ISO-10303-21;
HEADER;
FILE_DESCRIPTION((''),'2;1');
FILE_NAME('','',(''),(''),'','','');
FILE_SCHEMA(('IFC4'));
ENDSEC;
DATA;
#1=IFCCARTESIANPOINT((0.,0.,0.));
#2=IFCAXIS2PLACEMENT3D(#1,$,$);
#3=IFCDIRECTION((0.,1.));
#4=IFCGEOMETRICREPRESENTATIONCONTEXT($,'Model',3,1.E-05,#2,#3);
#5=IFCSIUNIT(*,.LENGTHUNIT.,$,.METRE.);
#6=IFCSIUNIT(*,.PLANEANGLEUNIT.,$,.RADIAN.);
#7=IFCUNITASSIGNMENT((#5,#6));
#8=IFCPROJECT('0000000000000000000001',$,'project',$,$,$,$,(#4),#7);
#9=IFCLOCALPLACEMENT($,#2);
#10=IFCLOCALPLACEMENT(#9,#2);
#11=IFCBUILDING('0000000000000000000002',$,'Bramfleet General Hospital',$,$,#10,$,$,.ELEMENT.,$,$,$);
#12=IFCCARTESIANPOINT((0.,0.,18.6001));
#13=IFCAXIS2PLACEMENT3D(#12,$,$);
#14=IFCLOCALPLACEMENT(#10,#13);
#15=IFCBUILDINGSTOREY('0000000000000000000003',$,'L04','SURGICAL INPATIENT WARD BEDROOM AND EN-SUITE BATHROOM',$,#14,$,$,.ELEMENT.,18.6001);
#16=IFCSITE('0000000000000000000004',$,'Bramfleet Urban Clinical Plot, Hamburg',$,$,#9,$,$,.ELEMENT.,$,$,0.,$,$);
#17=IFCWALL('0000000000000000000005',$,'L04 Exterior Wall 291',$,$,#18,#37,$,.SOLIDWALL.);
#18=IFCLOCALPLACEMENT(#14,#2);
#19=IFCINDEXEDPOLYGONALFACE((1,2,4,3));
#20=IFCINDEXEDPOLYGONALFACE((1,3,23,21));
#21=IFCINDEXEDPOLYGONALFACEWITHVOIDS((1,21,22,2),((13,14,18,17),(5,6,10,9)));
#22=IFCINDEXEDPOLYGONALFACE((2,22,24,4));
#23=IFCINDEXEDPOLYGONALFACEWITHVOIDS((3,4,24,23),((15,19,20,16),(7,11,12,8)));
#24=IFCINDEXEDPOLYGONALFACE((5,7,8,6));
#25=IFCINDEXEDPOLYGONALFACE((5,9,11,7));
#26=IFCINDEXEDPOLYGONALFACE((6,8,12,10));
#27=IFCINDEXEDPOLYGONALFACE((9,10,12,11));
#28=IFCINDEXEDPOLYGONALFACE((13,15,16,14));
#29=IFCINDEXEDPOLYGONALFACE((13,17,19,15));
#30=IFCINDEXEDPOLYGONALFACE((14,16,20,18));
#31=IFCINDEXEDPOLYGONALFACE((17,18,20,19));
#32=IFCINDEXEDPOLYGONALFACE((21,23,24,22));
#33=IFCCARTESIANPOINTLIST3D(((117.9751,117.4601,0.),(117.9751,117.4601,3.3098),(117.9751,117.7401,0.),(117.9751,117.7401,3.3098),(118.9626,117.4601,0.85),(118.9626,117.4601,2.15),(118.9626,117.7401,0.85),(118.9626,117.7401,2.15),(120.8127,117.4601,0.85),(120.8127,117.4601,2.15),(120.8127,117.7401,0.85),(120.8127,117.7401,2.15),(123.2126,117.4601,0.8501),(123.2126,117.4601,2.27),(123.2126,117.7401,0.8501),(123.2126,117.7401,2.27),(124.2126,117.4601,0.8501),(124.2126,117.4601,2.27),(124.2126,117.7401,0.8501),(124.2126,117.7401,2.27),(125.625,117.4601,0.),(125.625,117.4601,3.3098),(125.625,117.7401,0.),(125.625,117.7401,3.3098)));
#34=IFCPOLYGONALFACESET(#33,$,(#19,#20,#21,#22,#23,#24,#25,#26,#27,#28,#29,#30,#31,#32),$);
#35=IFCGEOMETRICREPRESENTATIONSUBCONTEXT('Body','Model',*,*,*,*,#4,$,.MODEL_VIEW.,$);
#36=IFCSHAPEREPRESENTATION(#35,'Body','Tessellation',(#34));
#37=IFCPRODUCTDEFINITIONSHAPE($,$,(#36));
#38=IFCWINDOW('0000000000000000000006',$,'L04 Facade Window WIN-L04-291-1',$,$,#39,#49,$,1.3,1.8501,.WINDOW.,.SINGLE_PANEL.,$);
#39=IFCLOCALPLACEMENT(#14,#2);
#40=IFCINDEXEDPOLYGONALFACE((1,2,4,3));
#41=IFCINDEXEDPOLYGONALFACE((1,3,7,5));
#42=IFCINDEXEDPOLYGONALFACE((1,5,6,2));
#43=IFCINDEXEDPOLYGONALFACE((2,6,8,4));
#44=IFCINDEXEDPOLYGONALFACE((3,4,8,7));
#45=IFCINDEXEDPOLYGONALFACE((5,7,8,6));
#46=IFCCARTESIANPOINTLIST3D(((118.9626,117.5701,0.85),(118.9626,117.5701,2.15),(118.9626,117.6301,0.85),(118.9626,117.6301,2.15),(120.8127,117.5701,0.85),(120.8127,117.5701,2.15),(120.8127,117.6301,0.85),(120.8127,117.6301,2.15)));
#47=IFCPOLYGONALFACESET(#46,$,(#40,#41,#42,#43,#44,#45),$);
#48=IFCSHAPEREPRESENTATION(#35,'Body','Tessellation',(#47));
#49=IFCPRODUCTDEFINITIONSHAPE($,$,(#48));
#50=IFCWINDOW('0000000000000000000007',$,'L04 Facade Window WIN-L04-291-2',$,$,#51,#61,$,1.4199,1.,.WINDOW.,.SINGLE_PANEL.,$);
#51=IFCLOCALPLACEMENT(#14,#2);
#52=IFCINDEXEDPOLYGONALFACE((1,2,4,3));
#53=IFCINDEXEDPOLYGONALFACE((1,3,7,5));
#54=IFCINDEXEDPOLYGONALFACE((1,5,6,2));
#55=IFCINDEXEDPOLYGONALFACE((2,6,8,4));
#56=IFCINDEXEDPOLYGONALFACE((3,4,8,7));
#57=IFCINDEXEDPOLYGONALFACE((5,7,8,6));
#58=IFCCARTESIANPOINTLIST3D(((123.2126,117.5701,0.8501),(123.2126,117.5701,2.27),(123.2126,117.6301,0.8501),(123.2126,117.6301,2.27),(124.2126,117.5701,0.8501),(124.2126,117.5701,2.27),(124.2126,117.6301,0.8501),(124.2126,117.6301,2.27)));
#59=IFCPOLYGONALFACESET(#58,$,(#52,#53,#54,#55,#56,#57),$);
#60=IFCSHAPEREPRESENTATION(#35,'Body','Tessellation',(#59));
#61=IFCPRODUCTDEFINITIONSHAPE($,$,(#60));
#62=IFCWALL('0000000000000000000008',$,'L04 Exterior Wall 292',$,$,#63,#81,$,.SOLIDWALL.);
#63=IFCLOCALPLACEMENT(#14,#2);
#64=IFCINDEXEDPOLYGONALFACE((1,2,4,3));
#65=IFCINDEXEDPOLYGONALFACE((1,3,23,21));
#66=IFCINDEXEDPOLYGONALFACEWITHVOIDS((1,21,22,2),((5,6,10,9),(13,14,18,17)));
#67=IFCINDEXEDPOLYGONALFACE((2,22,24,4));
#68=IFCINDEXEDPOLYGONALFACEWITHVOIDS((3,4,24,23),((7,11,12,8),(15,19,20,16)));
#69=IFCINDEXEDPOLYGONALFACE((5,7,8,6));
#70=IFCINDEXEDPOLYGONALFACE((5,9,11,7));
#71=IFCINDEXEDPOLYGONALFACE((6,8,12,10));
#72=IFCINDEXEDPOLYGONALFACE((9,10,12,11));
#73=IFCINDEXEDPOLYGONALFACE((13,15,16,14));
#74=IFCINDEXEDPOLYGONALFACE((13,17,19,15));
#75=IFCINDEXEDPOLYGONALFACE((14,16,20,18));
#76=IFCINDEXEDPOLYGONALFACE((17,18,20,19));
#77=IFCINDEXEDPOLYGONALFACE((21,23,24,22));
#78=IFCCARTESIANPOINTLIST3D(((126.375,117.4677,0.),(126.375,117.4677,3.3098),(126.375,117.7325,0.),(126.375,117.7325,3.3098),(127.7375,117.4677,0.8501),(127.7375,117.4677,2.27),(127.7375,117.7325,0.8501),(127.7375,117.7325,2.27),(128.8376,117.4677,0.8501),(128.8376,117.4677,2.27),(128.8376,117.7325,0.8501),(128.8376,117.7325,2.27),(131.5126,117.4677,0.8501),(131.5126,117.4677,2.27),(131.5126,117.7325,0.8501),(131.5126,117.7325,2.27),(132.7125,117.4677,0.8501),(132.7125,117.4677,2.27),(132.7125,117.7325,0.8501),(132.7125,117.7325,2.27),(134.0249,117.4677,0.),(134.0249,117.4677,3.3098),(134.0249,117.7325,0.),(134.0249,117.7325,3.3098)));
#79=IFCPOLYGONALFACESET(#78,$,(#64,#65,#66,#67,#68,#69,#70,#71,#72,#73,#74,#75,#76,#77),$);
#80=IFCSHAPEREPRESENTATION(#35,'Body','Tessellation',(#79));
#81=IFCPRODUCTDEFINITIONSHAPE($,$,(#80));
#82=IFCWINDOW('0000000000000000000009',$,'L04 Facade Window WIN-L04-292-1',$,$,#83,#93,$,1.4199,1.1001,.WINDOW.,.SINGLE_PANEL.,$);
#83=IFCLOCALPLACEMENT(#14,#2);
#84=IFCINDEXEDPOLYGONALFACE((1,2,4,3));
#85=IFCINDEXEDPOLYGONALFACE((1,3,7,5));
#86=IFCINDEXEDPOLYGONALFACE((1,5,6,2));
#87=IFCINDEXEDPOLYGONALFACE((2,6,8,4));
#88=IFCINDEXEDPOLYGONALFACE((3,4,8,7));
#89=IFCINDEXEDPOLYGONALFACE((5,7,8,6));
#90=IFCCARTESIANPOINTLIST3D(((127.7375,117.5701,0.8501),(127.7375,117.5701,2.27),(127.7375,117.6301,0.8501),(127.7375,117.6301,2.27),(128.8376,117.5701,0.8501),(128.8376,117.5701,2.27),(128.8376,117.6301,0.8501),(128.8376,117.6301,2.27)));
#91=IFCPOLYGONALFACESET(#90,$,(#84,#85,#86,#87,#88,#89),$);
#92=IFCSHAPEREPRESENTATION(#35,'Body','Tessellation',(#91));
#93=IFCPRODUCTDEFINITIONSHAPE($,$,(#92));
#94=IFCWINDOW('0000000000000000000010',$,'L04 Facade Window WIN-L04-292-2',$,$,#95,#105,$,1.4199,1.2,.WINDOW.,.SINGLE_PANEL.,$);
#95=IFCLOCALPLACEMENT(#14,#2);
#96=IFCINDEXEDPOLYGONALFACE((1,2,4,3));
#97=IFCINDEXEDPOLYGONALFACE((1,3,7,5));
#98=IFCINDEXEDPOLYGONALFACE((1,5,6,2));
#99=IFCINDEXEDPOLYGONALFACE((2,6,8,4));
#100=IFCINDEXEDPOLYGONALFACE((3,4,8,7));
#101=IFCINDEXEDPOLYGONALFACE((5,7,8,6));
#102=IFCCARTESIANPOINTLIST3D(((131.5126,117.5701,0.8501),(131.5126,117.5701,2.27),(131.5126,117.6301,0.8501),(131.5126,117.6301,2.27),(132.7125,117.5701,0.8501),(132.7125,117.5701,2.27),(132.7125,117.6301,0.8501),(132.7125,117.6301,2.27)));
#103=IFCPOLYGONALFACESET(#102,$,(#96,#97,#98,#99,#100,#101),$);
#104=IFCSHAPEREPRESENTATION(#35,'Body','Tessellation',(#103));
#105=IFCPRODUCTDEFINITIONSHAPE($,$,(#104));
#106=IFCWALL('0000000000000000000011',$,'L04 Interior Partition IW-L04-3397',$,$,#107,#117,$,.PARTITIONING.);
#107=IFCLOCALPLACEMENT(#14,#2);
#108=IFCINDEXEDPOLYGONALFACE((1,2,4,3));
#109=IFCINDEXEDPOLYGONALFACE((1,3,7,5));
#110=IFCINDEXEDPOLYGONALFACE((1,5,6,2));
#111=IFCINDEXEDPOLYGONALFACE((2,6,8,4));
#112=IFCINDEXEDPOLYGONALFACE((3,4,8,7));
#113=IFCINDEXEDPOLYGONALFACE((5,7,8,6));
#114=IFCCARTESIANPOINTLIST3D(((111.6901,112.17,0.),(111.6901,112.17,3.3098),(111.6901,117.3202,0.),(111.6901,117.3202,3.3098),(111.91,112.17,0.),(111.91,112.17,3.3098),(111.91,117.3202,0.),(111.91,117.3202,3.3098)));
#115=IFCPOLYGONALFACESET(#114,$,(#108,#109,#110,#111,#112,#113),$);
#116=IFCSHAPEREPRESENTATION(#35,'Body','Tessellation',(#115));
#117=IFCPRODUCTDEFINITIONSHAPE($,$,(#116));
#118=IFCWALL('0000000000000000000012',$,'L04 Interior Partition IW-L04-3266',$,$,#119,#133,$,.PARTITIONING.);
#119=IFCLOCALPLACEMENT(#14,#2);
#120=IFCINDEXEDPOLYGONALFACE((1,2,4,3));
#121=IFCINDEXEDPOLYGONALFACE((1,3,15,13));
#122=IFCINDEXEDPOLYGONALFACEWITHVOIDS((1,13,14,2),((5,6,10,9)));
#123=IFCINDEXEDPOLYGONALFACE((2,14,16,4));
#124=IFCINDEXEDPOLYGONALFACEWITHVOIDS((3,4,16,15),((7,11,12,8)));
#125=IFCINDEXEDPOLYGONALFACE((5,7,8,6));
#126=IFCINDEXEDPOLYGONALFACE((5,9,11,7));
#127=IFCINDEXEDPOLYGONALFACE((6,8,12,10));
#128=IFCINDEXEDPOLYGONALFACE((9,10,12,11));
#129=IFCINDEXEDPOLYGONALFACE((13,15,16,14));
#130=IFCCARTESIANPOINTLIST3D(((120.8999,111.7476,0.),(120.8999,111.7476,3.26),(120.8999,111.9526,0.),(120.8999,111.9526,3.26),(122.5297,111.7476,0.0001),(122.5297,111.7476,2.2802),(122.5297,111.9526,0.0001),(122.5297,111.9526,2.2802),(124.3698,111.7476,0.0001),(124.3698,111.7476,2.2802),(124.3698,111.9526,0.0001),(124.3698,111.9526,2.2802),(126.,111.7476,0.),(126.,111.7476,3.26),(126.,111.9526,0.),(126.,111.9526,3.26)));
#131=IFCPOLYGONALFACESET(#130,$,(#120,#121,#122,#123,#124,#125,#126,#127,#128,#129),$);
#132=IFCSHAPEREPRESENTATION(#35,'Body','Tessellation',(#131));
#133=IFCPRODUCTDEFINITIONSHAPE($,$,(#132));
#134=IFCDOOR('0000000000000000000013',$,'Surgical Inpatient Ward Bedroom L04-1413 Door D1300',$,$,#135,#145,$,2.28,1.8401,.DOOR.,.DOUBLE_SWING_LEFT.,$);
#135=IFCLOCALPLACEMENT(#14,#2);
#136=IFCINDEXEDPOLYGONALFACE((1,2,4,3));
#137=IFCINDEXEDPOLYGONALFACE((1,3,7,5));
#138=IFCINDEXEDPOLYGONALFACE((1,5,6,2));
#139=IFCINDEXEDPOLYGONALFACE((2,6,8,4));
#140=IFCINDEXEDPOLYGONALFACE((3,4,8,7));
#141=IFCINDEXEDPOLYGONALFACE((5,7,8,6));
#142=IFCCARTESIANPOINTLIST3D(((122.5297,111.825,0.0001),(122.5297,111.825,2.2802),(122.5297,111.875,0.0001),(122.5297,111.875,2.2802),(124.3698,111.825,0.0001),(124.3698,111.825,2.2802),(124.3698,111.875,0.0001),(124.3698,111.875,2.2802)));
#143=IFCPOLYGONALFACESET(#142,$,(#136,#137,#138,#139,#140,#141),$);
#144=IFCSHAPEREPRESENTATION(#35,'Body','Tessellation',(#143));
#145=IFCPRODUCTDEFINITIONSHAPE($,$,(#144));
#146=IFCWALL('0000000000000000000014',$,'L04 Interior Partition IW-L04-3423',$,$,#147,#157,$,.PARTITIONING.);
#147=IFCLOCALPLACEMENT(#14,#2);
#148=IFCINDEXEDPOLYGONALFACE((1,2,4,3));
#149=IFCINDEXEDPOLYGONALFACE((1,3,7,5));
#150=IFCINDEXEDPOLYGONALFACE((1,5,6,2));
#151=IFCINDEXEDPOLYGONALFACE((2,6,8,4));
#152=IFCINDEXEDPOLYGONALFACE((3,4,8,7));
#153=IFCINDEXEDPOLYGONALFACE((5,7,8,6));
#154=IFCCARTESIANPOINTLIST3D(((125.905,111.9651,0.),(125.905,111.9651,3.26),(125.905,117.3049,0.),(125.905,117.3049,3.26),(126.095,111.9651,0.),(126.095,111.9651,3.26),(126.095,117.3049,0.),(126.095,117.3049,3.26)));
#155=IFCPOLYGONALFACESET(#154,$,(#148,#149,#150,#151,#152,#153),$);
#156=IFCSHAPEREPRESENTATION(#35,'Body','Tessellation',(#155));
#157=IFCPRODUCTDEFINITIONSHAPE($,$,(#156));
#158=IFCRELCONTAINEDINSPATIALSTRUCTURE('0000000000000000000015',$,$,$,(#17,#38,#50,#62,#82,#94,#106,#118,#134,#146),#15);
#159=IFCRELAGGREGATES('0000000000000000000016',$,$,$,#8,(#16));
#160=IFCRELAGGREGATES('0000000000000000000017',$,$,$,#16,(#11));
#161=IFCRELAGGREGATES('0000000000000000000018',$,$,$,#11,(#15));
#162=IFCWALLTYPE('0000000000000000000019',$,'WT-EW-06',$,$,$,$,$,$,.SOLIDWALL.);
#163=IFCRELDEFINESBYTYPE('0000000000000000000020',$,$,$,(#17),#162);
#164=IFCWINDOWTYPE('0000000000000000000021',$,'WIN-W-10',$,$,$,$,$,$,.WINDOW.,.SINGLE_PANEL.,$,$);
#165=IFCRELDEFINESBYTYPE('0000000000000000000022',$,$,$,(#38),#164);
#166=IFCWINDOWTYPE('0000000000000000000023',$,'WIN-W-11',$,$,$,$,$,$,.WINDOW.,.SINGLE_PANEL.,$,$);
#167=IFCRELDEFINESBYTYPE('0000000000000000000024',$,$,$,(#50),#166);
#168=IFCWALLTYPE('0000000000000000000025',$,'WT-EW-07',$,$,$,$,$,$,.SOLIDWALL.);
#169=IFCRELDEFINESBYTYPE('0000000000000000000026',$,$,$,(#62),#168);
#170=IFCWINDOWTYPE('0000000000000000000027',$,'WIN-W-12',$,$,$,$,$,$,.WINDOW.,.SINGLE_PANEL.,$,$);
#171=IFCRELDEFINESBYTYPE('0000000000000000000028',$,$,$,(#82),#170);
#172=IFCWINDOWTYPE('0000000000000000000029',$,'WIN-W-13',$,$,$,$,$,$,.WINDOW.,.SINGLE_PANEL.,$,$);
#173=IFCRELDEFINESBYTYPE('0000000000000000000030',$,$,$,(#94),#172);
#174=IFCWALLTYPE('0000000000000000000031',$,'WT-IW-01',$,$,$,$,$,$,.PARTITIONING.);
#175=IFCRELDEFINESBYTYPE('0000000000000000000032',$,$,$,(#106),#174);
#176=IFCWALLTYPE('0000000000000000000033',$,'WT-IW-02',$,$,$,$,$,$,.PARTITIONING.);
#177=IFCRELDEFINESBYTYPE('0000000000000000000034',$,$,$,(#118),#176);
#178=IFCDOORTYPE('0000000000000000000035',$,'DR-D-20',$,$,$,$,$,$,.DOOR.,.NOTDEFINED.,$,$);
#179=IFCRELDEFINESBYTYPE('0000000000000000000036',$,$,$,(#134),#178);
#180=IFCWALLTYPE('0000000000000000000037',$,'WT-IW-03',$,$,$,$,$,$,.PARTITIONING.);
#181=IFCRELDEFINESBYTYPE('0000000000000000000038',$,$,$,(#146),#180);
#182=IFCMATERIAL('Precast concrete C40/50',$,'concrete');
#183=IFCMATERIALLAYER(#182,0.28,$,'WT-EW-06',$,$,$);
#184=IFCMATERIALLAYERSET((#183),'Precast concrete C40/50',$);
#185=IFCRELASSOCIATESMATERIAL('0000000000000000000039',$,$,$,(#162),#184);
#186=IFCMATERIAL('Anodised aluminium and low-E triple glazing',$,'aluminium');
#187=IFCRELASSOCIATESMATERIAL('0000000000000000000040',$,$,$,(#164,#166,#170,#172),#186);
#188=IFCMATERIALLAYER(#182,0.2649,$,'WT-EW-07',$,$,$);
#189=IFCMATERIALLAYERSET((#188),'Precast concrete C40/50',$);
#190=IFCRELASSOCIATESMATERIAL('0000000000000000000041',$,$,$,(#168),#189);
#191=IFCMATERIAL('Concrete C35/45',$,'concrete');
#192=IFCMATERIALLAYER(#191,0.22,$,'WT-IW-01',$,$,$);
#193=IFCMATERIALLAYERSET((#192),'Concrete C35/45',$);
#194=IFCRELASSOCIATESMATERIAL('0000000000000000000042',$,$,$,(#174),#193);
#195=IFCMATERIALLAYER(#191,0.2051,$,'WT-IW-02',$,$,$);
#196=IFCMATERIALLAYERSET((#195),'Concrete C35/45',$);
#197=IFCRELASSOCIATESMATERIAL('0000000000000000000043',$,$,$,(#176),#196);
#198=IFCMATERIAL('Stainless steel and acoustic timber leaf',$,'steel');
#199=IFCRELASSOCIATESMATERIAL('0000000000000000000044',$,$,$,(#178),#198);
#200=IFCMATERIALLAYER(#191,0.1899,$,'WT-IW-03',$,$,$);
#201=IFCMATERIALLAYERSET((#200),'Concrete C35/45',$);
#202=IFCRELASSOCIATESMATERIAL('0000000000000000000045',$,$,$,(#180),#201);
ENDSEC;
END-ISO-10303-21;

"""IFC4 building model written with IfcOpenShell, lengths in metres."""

from ifc_helpers import new_model, si_unit, direction, frame, frame_2d, origin, place, context, subcontext, project, spatial, rectangle, extrude, material, layer, layer_set, type_object, element, fill, save


model = new_model("IFC4")

# Units and contexts
model_context = context("Model", 3, precision=1e-05, world=origin(), true_north=direction((0.0, 1.0)))
body_context = subcontext(model_context, "Body", "Model", "MODEL_VIEW")
ifc_project = project(units=[si_unit("LENGTHUNIT", "METRE"), si_unit("PLANEANGLEUNIT", "RADIAN")], contexts=[model_context])

# Site, building, storey
site_placement = place(None, origin())
site = spatial("IfcSite", under=ifc_project, at=site_placement, Name="Bramfleet Urban Clinical Plot, Hamburg", CompositionType="ELEMENT", RefElevation=0.0)
building_placement = place(site_placement, origin())
building = spatial("IfcBuilding", under=site, at=building_placement, Name="Bramfleet General Hospital", CompositionType="ELEMENT")
storey_placement = place(building_placement, frame((0.0, 0.0, 18.6001)))
storey = spatial("IfcBuildingStorey", under=building, at=storey_placement, Name="L04", Description="SURGICAL INPATIENT WARD BEDROOM AND EN-SUITE BATHROOM", CompositionType="ELEMENT", Elevation=18.6001)

# Walls, openings, windows
ifc_material_1 = material(Name="Precast concrete C40/50", Category="concrete")
ifc_layer_1 = layer(ifc_material_1, 0.28, Name="WT-EW-06")
ifc_layer_set_1 = layer_set([ifc_layer_1], Name="Precast concrete C40/50")
wall_type_1 = type_object("IfcWallType", Name="WT-EW-06", PredefinedType="SOLIDWALL", material=ifc_layer_set_1)
wall_1_placement = place(storey_placement, frame((117.9751, 117.6001, 0.0), z_axis=(0.0, 0.0, 1.0), x_axis=(1.0, 0.0, 0.0)))
wall_1 = element("IfcWall", 1, at=wall_1_placement, inside=storey, type_object=wall_type_1, Name="L04 Exterior Wall 291", PredefinedType="SOLIDWALL", context=body_context, shape_type="SweptSolid", body=[
    extrude(rectangle(XDim=7.6499, YDim=0.28, at=frame_2d((3.825, 0.0))), origin(), (0.0, 0.0, 1.0), 3.3098),
])
opening_1_placement = place(wall_1_placement, frame((0.9875, 0.0, 0.8501)))
opening_1 = element("IfcOpeningElement", 2, at=opening_1_placement, cuts=wall_1, PredefinedType="OPENING", context=body_context, shape_type="SweptSolid", body=[
    extrude(rectangle(XDim=1.8501, YDim=1.3, at=frame_2d((0.925, 0.6499))), frame((0.0, 0.1499, 0.0), z_axis=(0.0, -1.0, 0.0), x_axis=(1.0, 0.0, 0.0)), (0.0, 0.0, 1.0), 0.3),
])
opening_2_placement = place(wall_1_placement, frame((5.2375, 0.0, 0.8501)))
opening_2 = element("IfcOpeningElement", 3, at=opening_2_placement, cuts=wall_1, PredefinedType="OPENING", context=body_context, shape_type="SweptSolid", body=[
    extrude(rectangle(XDim=1.0, YDim=1.4199, at=frame_2d((0.5, 0.71))), frame((0.0, 0.1499, 0.0), z_axis=(0.0, -1.0, 0.0), x_axis=(1.0, 0.0, 0.0)), (0.0, 0.0, 1.0), 0.3),
])
ifc_material_2 = material(Name="Anodised aluminium and low-E triple glazing", Category="aluminium")
window_type_1 = type_object("IfcWindowType", Name="WIN-W-10", PartitioningType="SINGLE_PANEL", PredefinedType="WINDOW", material=ifc_material_2)
window_1_placement = place(opening_1_placement, origin())
window_1 = element("IfcWindow", 4, at=window_1_placement, inside=storey, type_object=window_type_1, Name="L04 Facade Window WIN-L04-291-1", OverallHeight=1.3, OverallWidth=1.8501, PartitioningType="SINGLE_PANEL", PredefinedType="WINDOW", context=body_context, shape_type="SweptSolid", body=[
    extrude(rectangle(XDim=1.8501, YDim=1.3, at=frame_2d((0.925, 0.6499))), frame((0.0, 0.03, 0.0), z_axis=(0.0, -1.0, 0.0), x_axis=(1.0, 0.0, 0.0)), (0.0, 0.0, 1.0), 0.0601),
])
fill(opening_1, window_1)
window_type_2 = type_object("IfcWindowType", Name="WIN-W-11", PartitioningType="SINGLE_PANEL", PredefinedType="WINDOW", material=ifc_material_2)
window_2_placement = place(opening_2_placement, origin())
window_2 = element("IfcWindow", 5, at=window_2_placement, inside=storey, type_object=window_type_2, Name="L04 Facade Window WIN-L04-291-2", OverallHeight=1.4199, OverallWidth=1.0, PartitioningType="SINGLE_PANEL", PredefinedType="WINDOW", context=body_context, shape_type="SweptSolid", body=[
    extrude(rectangle(XDim=1.0, YDim=1.4199, at=frame_2d((0.5, 0.71))), frame((0.0, 0.03, 0.0), z_axis=(0.0, -1.0, 0.0), x_axis=(1.0, 0.0, 0.0)), (0.0, 0.0, 1.0), 0.0601),
])
fill(opening_2, window_2)
ifc_layer_2 = layer(ifc_material_1, 0.2649, Name="WT-EW-07")
ifc_layer_set_2 = layer_set([ifc_layer_2], Name="Precast concrete C40/50")
wall_type_2 = type_object("IfcWallType", Name="WT-EW-07", PredefinedType="SOLIDWALL", material=ifc_layer_set_2)
wall_2_placement = place(storey_placement, frame((126.375, 117.6001, 0.0), z_axis=(0.0, 0.0, 1.0), x_axis=(1.0, 0.0, 0.0)))
wall_2 = element("IfcWall", 6, at=wall_2_placement, inside=storey, type_object=wall_type_2, Name="L04 Exterior Wall 292", PredefinedType="SOLIDWALL", context=body_context, shape_type="SweptSolid", body=[
    extrude(rectangle(XDim=7.6499, YDim=0.2649, at=frame_2d((3.825, 0.0))), origin(), (0.0, 0.0, 1.0), 3.3098),
])
opening_3_placement = place(wall_2_placement, frame((1.3625, 0.0, 0.8501)))
opening_3 = element("IfcOpeningElement", 7, at=opening_3_placement, cuts=wall_2, PredefinedType="OPENING", context=body_context, shape_type="SweptSolid", body=[
    extrude(rectangle(XDim=1.1001, YDim=1.4199, at=frame_2d((0.55, 0.71))), frame((0.0, 0.1423, 0.0), z_axis=(0.0, -1.0, 0.0), x_axis=(1.0, 0.0, 0.0)), (0.0, 0.0, 1.0), 0.2849),
])
opening_4_placement = place(wall_2_placement, frame((5.1375, 0.0, 0.8501)))
opening_4 = element("IfcOpeningElement", 8, at=opening_4_placement, cuts=wall_2, PredefinedType="OPENING", context=body_context, shape_type="SweptSolid", body=[
    extrude(rectangle(XDim=1.2, YDim=1.4199, at=frame_2d((0.6001, 0.71))), frame((0.0, 0.1423, 0.0), z_axis=(0.0, -1.0, 0.0), x_axis=(1.0, 0.0, 0.0)), (0.0, 0.0, 1.0), 0.2849),
])
window_type_3 = type_object("IfcWindowType", Name="WIN-W-12", PartitioningType="SINGLE_PANEL", PredefinedType="WINDOW", material=ifc_material_2)
window_3_placement = place(opening_3_placement, origin())
window_3 = element("IfcWindow", 9, at=window_3_placement, inside=storey, type_object=window_type_3, Name="L04 Facade Window WIN-L04-292-1", OverallHeight=1.4199, OverallWidth=1.1001, PartitioningType="SINGLE_PANEL", PredefinedType="WINDOW", context=body_context, shape_type="SweptSolid", body=[
    extrude(rectangle(XDim=1.1001, YDim=1.4199, at=frame_2d((0.55, 0.71))), frame((0.0, 0.03, 0.0), z_axis=(0.0, -1.0, 0.0), x_axis=(1.0, 0.0, 0.0)), (0.0, 0.0, 1.0), 0.0601),
])
fill(opening_3, window_3)
window_type_4 = type_object("IfcWindowType", Name="WIN-W-13", PartitioningType="SINGLE_PANEL", PredefinedType="WINDOW", material=ifc_material_2)
window_4_placement = place(opening_4_placement, origin())
window_4 = element("IfcWindow", 10, at=window_4_placement, inside=storey, type_object=window_type_4, Name="L04 Facade Window WIN-L04-292-2", OverallHeight=1.4199, OverallWidth=1.2, PartitioningType="SINGLE_PANEL", PredefinedType="WINDOW", context=body_context, shape_type="SweptSolid", body=[
    extrude(rectangle(XDim=1.2, YDim=1.4199, at=frame_2d((0.6001, 0.71))), frame((0.0, 0.03, 0.0), z_axis=(0.0, -1.0, 0.0), x_axis=(1.0, 0.0, 0.0)), (0.0, 0.0, 1.0), 0.0601),
])
fill(opening_4, window_4)

# Shared definitions
ifc_material_3 = material(Name="Concrete C35/45", Category="concrete")
ifc_layer_3 = layer(ifc_material_3, 0.22, Name="WT-IW-01")
ifc_layer_set_3 = layer_set([ifc_layer_3], Name="Concrete C35/45")
wall_type_3 = type_object("IfcWallType", Name="WT-IW-01", PredefinedType="PARTITIONING", material=ifc_layer_set_3)
ifc_material_4 = material(Name="Stainless steel and acoustic timber leaf", Category="steel")

# Wall
wall_3_placement = place(storey_placement, frame((111.8, 112.1699, 0.0), z_axis=(0.0, 0.0, 1.0), x_axis=(0.0, 1.0, 0.0)))
element("IfcWall", 11, at=wall_3_placement, inside=storey, type_object=wall_type_3, Name="L04 Interior Partition IW-L04-3397", PredefinedType="PARTITIONING", context=body_context, shape_type="SweptSolid", body=[
    extrude(rectangle(XDim=5.1501, YDim=0.22, at=frame_2d((2.5752, 0.0))), origin(), (0.0, 0.0, 1.0), 3.3098),
])

# Wall, opening, door
ifc_layer_4 = layer(ifc_material_3, 0.2051, Name="WT-IW-02")
ifc_layer_set_4 = layer_set([ifc_layer_4], Name="Concrete C35/45")
wall_type_4 = type_object("IfcWallType", Name="WT-IW-02", PredefinedType="PARTITIONING", material=ifc_layer_set_4)
wall_4_placement = place(storey_placement, frame((120.8999, 111.8501, 0.0), z_axis=(0.0, 0.0, 1.0), x_axis=(1.0, 0.0, 0.0)))
wall_4 = element("IfcWall", 12, at=wall_4_placement, inside=storey, type_object=wall_type_4, Name="L04 Interior Partition IW-L04-3266", PredefinedType="PARTITIONING", context=body_context, shape_type="SweptSolid", body=[
    extrude(rectangle(XDim=5.1001, YDim=0.2051, at=frame_2d((2.55, 0.0))), origin(), (0.0, 0.0, 1.0), 3.26),
])
opening_5_placement = place(wall_4_placement, frame((1.6299, 0.0, 0.0)))
opening_5 = element("IfcOpeningElement", 13, at=opening_5_placement, cuts=wall_4, PredefinedType="OPENING", context=body_context, shape_type="SweptSolid", body=[
    extrude(rectangle(XDim=1.8401, YDim=2.28, at=frame_2d((0.9199, 1.1401))), frame((0.0, 0.1125, 0.0), z_axis=(0.0, -1.0, 0.0), x_axis=(1.0, 0.0, 0.0)), (0.0, 0.0, 1.0), 0.2251),
])
door_type_1 = type_object("IfcDoorType", Name="DR-D-20", OperationType="NOTDEFINED", PredefinedType="DOOR", material=ifc_material_4)
door_1_placement = place(opening_5_placement, origin())
door_1 = element("IfcDoor", 14, at=door_1_placement, inside=storey, type_object=door_type_1, Name="Surgical Inpatient Ward Bedroom L04-1413 Door D1300", OperationType="DOUBLE_SWING_LEFT", OverallHeight=2.28, OverallWidth=1.8401, PredefinedType="DOOR", context=body_context, shape_type="SweptSolid", body=[
    extrude(rectangle(XDim=1.8401, YDim=2.28, at=frame_2d((0.9199, 1.1401))), frame((0.0, 0.0249, 0.0), z_axis=(0.0, -1.0, 0.0), x_axis=(1.0, 0.0, 0.0)), (0.0, 0.0, 1.0), 0.05),
])
fill(opening_5, door_1)

# Wall
ifc_layer_5 = layer(ifc_material_3, 0.1899, Name="WT-IW-03")
ifc_layer_set_5 = layer_set([ifc_layer_5], Name="Concrete C35/45")
wall_type_5 = type_object("IfcWallType", Name="WT-IW-03", PredefinedType="PARTITIONING", material=ifc_layer_set_5)
wall_5_placement = place(storey_placement, frame((126.0, 111.9651, 0.0), z_axis=(0.0, 0.0, 1.0), x_axis=(0.0, 1.0, 0.0)))
element("IfcWall", 15, at=wall_5_placement, inside=storey, type_object=wall_type_5, Name="L04 Interior Partition IW-L04-3423", PredefinedType="PARTITIONING", context=body_context, shape_type="SweptSolid", body=[
    extrude(rectangle(XDim=5.3398, YDim=0.1899, at=frame_2d((2.6699, 0.0))), origin(), (0.0, 0.0, 1.0), 3.26),
])

save(model, "model.ifc")
